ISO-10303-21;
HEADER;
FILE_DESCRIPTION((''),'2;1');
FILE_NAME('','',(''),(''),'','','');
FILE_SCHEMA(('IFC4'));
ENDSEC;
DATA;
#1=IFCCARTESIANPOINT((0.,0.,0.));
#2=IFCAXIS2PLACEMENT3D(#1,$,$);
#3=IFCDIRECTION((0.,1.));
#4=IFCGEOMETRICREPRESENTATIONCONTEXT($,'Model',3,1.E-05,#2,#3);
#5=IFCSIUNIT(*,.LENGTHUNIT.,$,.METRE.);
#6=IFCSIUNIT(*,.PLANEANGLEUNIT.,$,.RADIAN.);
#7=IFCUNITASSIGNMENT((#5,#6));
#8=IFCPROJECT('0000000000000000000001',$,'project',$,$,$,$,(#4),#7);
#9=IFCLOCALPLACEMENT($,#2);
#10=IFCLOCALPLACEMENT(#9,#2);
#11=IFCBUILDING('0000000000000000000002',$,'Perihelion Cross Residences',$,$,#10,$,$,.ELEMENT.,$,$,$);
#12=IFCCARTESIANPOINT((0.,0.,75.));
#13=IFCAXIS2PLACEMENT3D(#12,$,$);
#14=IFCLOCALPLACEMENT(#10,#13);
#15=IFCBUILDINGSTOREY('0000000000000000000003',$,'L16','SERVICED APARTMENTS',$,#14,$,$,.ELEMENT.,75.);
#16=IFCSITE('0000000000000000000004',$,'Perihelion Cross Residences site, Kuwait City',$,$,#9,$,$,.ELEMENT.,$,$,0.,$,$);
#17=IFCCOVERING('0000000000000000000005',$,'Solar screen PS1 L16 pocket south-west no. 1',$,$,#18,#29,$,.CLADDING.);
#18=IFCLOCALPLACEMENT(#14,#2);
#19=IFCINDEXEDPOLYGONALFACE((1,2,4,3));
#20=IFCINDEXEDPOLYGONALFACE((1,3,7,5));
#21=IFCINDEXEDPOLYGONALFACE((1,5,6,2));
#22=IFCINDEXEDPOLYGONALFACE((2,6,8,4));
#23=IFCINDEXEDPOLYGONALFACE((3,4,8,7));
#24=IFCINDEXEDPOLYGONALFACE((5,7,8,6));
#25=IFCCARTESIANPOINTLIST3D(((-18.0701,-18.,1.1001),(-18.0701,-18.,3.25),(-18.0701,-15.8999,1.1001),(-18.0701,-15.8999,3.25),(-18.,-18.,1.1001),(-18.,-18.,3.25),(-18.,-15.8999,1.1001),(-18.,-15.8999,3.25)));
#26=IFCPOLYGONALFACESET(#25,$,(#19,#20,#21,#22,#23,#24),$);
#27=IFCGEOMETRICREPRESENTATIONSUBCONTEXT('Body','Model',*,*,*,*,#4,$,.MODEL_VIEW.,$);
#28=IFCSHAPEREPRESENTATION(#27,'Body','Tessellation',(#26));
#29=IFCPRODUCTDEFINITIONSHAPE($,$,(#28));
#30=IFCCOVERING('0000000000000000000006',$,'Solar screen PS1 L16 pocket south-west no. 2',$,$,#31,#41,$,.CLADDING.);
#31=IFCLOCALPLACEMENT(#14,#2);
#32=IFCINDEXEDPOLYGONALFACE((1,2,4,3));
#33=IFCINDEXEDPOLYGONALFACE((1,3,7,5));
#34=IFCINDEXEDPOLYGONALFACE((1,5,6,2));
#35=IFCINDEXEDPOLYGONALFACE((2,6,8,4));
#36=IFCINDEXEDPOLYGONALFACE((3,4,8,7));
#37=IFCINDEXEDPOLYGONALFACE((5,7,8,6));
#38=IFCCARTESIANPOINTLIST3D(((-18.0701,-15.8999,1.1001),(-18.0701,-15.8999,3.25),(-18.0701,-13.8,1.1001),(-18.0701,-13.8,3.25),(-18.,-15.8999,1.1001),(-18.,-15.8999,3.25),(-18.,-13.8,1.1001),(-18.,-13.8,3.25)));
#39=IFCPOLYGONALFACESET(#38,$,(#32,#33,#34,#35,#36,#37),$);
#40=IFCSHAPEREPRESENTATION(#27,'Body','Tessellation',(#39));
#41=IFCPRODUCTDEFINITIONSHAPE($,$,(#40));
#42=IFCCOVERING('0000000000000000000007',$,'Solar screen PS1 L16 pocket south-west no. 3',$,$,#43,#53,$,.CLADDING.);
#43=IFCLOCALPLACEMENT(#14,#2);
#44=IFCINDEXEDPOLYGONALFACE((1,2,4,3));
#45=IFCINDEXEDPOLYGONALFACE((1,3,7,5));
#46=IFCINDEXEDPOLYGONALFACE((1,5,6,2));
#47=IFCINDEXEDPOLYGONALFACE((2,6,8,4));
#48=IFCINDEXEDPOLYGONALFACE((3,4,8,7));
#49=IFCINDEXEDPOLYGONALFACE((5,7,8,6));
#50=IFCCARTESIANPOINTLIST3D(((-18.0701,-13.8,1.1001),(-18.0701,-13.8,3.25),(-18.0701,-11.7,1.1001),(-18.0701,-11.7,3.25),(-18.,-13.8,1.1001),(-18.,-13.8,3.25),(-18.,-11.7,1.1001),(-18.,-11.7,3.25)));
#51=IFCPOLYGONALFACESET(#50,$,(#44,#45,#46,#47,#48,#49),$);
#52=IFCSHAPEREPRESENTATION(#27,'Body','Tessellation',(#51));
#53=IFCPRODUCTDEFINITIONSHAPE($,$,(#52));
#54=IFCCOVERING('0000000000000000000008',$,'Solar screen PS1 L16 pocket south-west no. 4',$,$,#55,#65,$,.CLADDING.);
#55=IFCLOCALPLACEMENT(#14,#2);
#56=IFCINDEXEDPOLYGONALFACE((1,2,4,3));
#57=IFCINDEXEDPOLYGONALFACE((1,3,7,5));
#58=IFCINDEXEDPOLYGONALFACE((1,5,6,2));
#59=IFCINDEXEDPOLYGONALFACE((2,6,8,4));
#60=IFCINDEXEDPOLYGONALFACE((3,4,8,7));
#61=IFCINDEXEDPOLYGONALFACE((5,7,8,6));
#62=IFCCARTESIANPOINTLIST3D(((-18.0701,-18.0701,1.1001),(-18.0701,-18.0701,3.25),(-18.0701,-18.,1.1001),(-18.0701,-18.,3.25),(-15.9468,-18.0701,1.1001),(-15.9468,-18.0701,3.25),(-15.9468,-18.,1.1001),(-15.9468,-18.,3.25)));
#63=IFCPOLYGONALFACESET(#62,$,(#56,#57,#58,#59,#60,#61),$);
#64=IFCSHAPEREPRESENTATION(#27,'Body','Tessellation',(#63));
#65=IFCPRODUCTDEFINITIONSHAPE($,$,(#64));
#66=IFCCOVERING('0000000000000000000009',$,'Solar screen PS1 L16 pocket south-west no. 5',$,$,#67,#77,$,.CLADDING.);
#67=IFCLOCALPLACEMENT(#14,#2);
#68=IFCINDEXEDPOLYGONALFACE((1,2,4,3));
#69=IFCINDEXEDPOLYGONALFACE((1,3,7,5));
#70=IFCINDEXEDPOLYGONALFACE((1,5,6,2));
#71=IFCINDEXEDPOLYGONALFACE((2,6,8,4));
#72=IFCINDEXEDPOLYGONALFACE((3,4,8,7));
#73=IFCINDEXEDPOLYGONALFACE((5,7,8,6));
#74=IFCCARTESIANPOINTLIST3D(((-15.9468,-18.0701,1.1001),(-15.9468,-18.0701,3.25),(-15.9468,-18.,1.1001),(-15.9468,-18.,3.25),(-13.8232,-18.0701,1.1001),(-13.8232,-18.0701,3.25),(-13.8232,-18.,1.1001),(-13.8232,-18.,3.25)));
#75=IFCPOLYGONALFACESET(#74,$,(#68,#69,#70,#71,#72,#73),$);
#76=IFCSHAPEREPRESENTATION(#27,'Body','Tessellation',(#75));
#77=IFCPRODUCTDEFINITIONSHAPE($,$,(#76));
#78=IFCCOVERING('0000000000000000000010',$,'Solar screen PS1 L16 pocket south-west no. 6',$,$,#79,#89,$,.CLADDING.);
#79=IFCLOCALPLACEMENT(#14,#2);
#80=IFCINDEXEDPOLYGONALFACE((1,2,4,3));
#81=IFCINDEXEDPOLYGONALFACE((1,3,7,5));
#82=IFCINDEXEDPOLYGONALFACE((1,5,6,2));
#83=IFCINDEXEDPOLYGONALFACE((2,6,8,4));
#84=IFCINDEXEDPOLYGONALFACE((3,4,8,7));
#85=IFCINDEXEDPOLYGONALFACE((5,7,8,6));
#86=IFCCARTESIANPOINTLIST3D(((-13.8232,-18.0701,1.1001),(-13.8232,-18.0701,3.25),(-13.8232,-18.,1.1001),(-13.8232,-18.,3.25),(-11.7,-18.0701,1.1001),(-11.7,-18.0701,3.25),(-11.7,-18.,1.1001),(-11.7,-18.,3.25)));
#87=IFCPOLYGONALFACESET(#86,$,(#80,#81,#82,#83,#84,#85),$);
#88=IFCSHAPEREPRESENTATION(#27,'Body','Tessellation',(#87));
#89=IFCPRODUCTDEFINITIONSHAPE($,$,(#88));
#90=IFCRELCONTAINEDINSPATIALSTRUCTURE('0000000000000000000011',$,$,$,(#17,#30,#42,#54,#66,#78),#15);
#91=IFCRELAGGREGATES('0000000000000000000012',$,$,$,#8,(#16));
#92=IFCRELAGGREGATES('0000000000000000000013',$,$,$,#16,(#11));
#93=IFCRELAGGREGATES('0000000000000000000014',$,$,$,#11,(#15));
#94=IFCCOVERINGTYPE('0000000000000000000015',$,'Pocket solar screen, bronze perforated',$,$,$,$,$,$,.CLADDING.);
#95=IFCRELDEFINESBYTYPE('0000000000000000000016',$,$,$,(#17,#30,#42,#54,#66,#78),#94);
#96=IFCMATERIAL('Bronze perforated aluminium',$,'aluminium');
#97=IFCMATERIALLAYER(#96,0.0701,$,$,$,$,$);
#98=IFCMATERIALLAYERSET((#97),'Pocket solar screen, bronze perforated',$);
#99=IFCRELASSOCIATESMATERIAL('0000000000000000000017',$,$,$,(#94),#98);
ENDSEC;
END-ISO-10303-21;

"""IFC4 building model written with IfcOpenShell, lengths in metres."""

from ifc_helpers import new_model, si_unit, direction, frame, origin, place, context, subcontext, project, spatial, polyline, outline, extrude, material, layer, layer_set, type_object, element, save


model = new_model("IFC4")

# Units and contexts
model_context = context("Model", 3, precision=1e-05, world=origin(), true_north=direction((0.0, 1.0)))
body_context = subcontext(model_context, "Body", "Model", "MODEL_VIEW")
ifc_project = project(units=[si_unit("LENGTHUNIT", "METRE"), si_unit("PLANEANGLEUNIT", "RADIAN")], contexts=[model_context])

# Site, building, storey
site_placement = place(None, origin())
site = spatial("IfcSite", under=ifc_project, at=site_placement, Name="Perihelion Cross Residences site, Kuwait City", CompositionType="ELEMENT", RefElevation=0.0)
building_placement = place(site_placement, origin())
building = spatial("IfcBuilding", under=site, at=building_placement, Name="Perihelion Cross Residences", CompositionType="ELEMENT")
storey_placement = place(building_placement, frame((0.0, 0.0, 75.0)))
storey = spatial("IfcBuildingStorey", under=building, at=storey_placement, Name="L16", Description="SERVICED APARTMENTS", CompositionType="ELEMENT", Elevation=75.0)

# Coverings
ifc_material_1 = material(Name="Bronze perforated aluminium", Category="aluminium")
ifc_layer_1 = layer(ifc_material_1, 0.0701)
ifc_layer_set_1 = layer_set([ifc_layer_1], Name="Pocket solar screen, bronze perforated")
covering_type_1 = type_object("IfcCoveringType", Name="Pocket solar screen, bronze perforated", PredefinedType="CLADDING", material=ifc_layer_set_1)
covering_1_placement = place(storey_placement, frame((0.0, 0.0, 1.1001)))
element("IfcCovering", 1, at=covering_1_placement, inside=storey, type_object=covering_type_1, Name="Solar screen PS1 L16 pocket south-west no. 1", PredefinedType="CLADDING", context=body_context, shape_type="SweptSolid", body=[
    extrude(outline(polyline([(-18.0, -18.0), (-18.0, -15.8999), (-18.0701, -15.8999), (-18.0701, -18.0), (-18.0, -18.0)])), origin(), (0.0, 0.0, 1.0), 2.1499),
])
covering_2_placement = place(storey_placement, frame((0.0, 0.0, 1.1001)))
element("IfcCovering", 2, at=covering_2_placement, inside=storey, type_object=covering_type_1, Name="Solar screen PS1 L16 pocket south-west no. 2", PredefinedType="CLADDING", context=body_context, shape_type="SweptSolid", body=[
    extrude(outline(polyline([(-18.0, -15.8999), (-18.0, -13.8), (-18.0701, -13.8), (-18.0701, -15.8999), (-18.0, -15.8999)])), origin(), (0.0, 0.0, 1.0), 2.1499),
])
covering_3_placement = place(storey_placement, frame((0.0, 0.0, 1.1001)))
element("IfcCovering", 3, at=covering_3_placement, inside=storey, type_object=covering_type_1, Name="Solar screen PS1 L16 pocket south-west no. 3", PredefinedType="CLADDING", context=body_context, shape_type="SweptSolid", body=[
    extrude(outline(polyline([(-18.0, -13.8), (-18.0, -11.7), (-18.0701, -11.7), (-18.0701, -13.8), (-18.0, -13.8)])), origin(), (0.0, 0.0, 1.0), 2.1499),
])
covering_4_placement = place(storey_placement, frame((0.0, 0.0, 1.1001)))
element("IfcCovering", 4, at=covering_4_placement, inside=storey, type_object=covering_type_1, Name="Solar screen PS1 L16 pocket south-west no. 4", PredefinedType="CLADDING", context=body_context, shape_type="SweptSolid", body=[
    extrude(outline(polyline([(-15.9468, -18.0701), (-15.9468, -18.0), (-18.0701, -18.0), (-18.0701, -18.0701), (-15.9468, -18.0701)])), origin(), (0.0, 0.0, 1.0), 2.1499),
])
covering_5_placement = place(storey_placement, frame((0.0, 0.0, 1.1001)))
element("IfcCovering", 5, at=covering_5_placement, inside=storey, type_object=covering_type_1, Name="Solar screen PS1 L16 pocket south-west no. 5", PredefinedType="CLADDING", context=body_context, shape_type="SweptSolid", body=[
    extrude(outline(polyline([(-13.8232, -18.0701), (-13.8232, -18.0), (-15.9468, -18.0), (-15.9468, -18.0701), (-13.8232, -18.0701)])), origin(), (0.0, 0.0, 1.0), 2.1499),
])
covering_6_placement = place(storey_placement, frame((0.0, 0.0, 1.1001)))
element("IfcCovering", 6, at=covering_6_placement, inside=storey, type_object=covering_type_1, Name="Solar screen PS1 L16 pocket south-west no. 6", PredefinedType="CLADDING", context=body_context, shape_type="SweptSolid", body=[
    extrude(outline(polyline([(-11.7, -18.0701), (-11.7, -18.0), (-13.8232, -18.0), (-13.8232, -18.0701), (-11.7, -18.0701)])), origin(), (0.0, 0.0, 1.0), 2.1499),
])

save(model, "model.ifc")
